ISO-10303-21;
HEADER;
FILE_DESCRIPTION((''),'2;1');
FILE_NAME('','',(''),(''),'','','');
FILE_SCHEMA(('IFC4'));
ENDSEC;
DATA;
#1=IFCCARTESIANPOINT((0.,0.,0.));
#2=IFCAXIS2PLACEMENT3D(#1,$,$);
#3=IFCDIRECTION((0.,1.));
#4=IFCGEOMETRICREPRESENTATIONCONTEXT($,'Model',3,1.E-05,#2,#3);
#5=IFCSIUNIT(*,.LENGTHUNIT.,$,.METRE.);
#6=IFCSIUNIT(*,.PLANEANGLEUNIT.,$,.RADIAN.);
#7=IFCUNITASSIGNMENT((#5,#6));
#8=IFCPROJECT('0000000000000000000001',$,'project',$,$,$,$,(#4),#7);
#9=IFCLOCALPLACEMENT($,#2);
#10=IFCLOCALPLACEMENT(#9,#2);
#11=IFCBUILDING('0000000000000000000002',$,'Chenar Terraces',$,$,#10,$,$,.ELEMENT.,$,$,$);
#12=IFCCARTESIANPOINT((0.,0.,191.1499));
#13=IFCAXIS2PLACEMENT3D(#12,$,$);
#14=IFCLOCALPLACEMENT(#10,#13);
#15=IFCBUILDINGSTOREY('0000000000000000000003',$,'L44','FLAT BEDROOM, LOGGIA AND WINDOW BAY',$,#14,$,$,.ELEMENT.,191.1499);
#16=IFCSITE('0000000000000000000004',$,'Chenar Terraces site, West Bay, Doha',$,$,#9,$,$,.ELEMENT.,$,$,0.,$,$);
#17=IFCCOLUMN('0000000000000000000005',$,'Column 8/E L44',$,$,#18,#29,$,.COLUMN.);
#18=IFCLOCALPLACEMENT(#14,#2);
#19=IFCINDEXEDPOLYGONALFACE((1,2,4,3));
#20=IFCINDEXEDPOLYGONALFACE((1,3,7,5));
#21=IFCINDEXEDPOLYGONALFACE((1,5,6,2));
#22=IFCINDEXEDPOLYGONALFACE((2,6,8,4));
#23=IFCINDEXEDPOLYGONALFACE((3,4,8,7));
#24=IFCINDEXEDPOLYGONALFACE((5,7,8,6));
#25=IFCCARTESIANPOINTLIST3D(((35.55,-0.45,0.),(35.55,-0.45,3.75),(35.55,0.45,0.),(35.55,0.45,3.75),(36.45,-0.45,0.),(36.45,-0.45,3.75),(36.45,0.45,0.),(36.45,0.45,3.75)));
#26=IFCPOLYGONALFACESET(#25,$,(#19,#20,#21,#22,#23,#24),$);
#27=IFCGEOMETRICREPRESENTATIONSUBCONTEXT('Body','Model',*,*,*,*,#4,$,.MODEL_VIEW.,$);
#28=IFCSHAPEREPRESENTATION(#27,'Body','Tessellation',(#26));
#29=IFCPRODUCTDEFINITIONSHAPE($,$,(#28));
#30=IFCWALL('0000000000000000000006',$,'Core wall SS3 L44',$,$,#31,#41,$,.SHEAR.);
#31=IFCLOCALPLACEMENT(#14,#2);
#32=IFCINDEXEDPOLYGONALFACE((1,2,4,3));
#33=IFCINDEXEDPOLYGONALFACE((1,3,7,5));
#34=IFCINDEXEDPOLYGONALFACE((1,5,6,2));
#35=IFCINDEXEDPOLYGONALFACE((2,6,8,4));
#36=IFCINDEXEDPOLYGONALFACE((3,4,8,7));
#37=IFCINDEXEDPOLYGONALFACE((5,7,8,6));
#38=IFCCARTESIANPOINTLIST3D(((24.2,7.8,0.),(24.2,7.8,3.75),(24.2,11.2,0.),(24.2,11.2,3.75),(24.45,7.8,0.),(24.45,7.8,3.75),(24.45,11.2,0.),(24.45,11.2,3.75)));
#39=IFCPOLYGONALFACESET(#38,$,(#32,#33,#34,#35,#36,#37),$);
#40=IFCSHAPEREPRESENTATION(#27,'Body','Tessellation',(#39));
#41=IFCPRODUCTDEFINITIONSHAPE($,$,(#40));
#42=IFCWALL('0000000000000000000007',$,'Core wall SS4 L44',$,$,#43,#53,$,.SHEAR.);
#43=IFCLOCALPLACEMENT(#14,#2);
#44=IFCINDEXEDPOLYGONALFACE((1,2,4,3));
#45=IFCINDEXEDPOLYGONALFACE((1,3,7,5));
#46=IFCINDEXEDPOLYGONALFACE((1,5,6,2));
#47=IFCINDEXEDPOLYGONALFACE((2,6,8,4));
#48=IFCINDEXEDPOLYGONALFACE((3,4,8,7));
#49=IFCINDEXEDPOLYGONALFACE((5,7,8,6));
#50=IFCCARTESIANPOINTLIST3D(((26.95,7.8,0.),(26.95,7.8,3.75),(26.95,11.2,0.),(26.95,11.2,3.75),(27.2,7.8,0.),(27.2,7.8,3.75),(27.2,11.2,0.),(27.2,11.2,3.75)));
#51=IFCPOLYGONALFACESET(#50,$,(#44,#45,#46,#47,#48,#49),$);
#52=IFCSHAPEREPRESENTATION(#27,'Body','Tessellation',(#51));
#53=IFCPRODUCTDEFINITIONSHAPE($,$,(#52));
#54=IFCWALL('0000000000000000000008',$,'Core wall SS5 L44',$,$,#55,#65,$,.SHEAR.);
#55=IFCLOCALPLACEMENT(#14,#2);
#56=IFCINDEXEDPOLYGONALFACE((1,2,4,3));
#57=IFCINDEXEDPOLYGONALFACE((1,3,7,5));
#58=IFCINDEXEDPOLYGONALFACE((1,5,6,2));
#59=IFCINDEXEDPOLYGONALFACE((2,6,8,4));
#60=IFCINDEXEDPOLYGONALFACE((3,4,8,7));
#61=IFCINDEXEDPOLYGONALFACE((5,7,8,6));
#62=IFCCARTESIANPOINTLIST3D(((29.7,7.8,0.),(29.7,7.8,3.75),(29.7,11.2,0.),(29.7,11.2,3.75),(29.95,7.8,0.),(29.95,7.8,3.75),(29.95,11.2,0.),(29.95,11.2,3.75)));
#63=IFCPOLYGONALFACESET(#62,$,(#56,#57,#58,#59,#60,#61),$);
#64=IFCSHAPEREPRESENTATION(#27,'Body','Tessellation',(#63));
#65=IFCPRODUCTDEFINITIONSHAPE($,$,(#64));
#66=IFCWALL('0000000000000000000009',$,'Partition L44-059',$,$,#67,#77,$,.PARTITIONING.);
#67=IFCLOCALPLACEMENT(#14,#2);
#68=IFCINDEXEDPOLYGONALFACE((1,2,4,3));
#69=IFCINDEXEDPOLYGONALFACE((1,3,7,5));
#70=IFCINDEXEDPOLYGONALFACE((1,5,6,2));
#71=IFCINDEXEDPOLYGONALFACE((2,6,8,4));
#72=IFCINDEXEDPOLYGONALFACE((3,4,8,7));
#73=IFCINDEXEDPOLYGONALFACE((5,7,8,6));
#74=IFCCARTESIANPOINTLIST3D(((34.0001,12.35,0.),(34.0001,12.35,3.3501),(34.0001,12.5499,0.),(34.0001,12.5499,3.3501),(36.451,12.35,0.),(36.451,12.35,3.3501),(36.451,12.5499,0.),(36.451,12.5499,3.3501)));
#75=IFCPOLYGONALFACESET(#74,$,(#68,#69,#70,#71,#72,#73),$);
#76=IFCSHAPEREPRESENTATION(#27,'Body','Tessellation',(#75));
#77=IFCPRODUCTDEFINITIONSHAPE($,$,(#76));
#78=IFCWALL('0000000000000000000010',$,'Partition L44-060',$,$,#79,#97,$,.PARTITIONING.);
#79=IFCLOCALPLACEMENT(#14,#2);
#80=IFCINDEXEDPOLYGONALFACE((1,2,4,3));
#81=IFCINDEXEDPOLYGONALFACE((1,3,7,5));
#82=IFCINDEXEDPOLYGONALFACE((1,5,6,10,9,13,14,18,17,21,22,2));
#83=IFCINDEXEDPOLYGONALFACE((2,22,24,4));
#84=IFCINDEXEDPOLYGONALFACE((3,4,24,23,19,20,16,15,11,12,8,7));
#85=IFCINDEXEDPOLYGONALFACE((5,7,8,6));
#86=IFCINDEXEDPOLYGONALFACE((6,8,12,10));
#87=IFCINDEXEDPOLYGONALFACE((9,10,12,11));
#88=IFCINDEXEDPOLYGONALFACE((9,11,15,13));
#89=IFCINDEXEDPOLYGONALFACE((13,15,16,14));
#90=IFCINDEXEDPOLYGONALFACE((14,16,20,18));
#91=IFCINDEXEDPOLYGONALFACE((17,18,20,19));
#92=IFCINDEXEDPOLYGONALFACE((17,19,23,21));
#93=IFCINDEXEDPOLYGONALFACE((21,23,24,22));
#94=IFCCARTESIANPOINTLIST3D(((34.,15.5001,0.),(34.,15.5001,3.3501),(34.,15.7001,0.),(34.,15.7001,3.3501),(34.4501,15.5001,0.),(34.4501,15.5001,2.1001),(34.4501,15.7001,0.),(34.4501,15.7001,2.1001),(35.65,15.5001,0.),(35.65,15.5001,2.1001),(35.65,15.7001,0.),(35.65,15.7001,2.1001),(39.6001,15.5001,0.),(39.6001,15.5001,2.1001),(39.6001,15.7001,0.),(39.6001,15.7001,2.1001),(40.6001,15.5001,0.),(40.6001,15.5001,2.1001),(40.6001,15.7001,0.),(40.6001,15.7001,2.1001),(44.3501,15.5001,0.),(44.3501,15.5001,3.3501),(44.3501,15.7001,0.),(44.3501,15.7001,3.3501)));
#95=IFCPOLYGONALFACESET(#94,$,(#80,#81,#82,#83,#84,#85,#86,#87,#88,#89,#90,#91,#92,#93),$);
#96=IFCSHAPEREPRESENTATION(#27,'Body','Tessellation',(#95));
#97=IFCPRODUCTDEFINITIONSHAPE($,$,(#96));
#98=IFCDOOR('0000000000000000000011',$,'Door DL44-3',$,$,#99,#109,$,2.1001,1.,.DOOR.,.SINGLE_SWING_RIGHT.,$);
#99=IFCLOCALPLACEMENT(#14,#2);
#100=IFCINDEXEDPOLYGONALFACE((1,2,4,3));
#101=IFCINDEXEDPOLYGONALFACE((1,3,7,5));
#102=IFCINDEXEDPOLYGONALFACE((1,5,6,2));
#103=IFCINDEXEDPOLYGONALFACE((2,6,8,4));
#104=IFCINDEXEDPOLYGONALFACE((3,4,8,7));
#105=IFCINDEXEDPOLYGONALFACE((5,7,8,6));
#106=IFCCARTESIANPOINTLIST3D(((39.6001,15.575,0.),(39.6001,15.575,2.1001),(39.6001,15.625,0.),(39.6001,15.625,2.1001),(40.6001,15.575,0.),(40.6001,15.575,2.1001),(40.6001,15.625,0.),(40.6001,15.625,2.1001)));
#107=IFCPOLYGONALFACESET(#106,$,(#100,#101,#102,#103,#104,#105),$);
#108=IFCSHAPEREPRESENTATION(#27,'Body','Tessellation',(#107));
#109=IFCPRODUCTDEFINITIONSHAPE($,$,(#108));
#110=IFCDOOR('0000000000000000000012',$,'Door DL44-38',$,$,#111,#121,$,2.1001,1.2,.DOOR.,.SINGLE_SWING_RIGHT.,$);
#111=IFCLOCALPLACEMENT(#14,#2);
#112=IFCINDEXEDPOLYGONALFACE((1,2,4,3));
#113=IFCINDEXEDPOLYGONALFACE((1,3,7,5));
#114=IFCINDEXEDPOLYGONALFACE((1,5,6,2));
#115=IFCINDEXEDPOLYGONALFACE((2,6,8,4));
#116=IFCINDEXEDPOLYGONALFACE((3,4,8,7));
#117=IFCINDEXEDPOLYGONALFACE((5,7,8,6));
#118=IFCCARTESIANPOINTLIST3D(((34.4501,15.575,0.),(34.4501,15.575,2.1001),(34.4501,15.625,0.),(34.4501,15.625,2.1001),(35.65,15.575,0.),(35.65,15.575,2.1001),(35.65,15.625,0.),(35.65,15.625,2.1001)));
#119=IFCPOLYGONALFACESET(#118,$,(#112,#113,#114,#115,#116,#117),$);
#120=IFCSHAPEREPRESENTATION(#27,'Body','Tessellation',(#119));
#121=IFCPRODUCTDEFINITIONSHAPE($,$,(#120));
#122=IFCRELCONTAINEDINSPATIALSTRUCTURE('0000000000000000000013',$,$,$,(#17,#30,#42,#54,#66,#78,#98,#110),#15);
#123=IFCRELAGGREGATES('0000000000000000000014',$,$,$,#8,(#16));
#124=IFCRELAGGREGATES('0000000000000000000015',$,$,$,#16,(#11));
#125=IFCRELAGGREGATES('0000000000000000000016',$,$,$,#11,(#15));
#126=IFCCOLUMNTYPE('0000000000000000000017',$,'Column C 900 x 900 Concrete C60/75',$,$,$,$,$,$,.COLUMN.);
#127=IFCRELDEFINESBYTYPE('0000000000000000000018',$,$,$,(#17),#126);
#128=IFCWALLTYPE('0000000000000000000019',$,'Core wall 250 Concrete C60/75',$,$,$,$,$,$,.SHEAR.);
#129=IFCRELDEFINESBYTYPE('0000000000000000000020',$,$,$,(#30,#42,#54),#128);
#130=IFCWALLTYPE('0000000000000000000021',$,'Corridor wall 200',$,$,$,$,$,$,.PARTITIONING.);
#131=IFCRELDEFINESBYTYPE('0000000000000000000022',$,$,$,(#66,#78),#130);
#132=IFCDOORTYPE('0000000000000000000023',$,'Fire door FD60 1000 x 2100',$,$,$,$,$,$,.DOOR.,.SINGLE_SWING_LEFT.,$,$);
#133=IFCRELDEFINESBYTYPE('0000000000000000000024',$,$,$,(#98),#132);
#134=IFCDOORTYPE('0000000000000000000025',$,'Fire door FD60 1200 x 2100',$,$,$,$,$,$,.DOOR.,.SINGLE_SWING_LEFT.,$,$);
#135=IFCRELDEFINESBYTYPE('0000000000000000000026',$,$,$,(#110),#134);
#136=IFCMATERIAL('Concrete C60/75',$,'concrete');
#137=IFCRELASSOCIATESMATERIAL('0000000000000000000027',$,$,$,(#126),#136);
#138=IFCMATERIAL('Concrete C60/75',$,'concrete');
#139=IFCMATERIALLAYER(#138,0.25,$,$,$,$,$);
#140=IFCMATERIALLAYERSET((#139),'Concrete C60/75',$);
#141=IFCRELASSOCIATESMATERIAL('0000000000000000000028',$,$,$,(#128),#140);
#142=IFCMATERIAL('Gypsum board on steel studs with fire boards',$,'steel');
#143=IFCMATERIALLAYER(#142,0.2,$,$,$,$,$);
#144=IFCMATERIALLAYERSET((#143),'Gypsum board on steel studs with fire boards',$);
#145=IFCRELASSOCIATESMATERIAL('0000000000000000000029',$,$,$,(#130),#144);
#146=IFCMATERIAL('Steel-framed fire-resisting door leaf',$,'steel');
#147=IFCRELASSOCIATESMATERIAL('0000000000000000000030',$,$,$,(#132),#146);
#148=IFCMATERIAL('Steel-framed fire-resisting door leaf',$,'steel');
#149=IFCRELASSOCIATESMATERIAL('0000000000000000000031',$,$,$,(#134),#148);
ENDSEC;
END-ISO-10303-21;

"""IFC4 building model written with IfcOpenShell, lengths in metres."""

from ifc_helpers import new_model, si_unit, direction, frame, frame_2d, origin, origin_2d, place, context, subcontext, project, spatial, rectangle, extrude, material, layer, layer_set, material_profile, profile_set, type_object, element, fill, save


model = new_model("IFC4")

# Units and contexts
model_context = context("Model", 3, precision=1e-05, world=origin(), true_north=direction((0.0, 1.0)))
body_context = subcontext(model_context, "Body", "Model", "MODEL_VIEW")
ifc_project = project(units=[si_unit("LENGTHUNIT", "METRE"), si_unit("PLANEANGLEUNIT", "RADIAN")], contexts=[model_context])

# Site, building, storey
site_placement = place(None, origin())
site = spatial("IfcSite", under=ifc_project, at=site_placement, Name="Chenar Terraces site, West Bay, Doha", CompositionType="ELEMENT", RefElevation=0.0)
building_placement = place(site_placement, origin())
building = spatial("IfcBuilding", under=site, at=building_placement, Name="Chenar Terraces", CompositionType="ELEMENT")
storey_placement = place(building_placement, frame((0.0, 0.0, 191.1499)))
storey = spatial("IfcBuildingStorey", under=building, at=storey_placement, Name="L44", Description="FLAT BEDROOM, LOGGIA AND WINDOW BAY", CompositionType="ELEMENT", Elevation=191.1499)

# Column
ifc_material_1 = material(Name="Concrete C60/75", Category="concrete")
ifc_material_profile = material_profile(ifc_material_1, rectangle(XDim=0.8999, YDim=0.8999, at=origin_2d()), Name="C 900 x 900")
ifc_profile_set = profile_set([ifc_material_profile], Name="Concrete C60/75")
column_type = type_object("IfcColumnType", Name="Column C 900 x 900 Concrete C60/75", PredefinedType="COLUMN", material=ifc_profile_set)
column_placement = place(storey_placement, frame((36.0, 0.0, 0.0), z_axis=(0.0, 0.0, 1.0), x_axis=(1.0, 0.0, 0.0)))
element("IfcColumn", 1, at=column_placement, inside=storey, type_object=column_type, Name="Column 8/E L44", PredefinedType="COLUMN", context=body_context, shape_type="SweptSolid", body=[
    extrude(rectangle(XDim=0.8999, YDim=0.8999, at=origin_2d()), origin(), (0.0, 0.0, 1.0), 3.75),
])

# Walls
ifc_material_2 = material(Name="Concrete C60/75", Category="concrete")
ifc_layer_1 = layer(ifc_material_2, 0.25)
ifc_layer_set_1 = layer_set([ifc_layer_1], Name="Concrete C60/75")
wall_type_1 = type_object("IfcWallType", Name="Core wall 250 Concrete C60/75", PredefinedType="SHEAR", material=ifc_layer_set_1)
for number, where, z_axis, x_axis, name in (
    (2, (24.325, 7.8, 0.0), (0.0, 0.0, 1.0), (0.0, 1.0, 0.0), "Core wall SS3 L44"),
    (3, (27.075, 7.8, 0.0), (0.0, 0.0, 1.0), (0.0, 1.0, 0.0), "Core wall SS4 L44"),
    (4, (29.825, 7.8, 0.0), (0.0, 0.0, 1.0), (0.0, 1.0, 0.0), "Core wall SS5 L44"),
):
    element("IfcWall", number, at=place(storey_placement, frame(where, z_axis=z_axis, x_axis=x_axis)), inside=storey, type_object=wall_type_1, Name=name, PredefinedType="SHEAR", context=body_context, shape_type="SweptSolid", body=[
        extrude(rectangle(XDim=3.3999, YDim=0.25, at=frame_2d((1.7, 0.0))), origin(), (0.0, 0.0, 1.0), 3.75),
    ])

# Wall
ifc_material_3 = material(Name="Gypsum board on steel studs with fire boards", Category="steel")
ifc_layer_2 = layer(ifc_material_3, 0.2)
ifc_layer_set_2 = layer_set([ifc_layer_2], Name="Gypsum board on steel studs with fire boards")
wall_type_2 = type_object("IfcWallType", Name="Corridor wall 200", PredefinedType="PARTITIONING", material=ifc_layer_set_2)
wall_1_placement = place(storey_placement, frame((34.0, 12.45, 0.0), z_axis=(0.0, 0.0, 1.0), x_axis=(1.0, 0.0, 0.0)))
element("IfcWall", 5, at=wall_1_placement, inside=storey, type_object=wall_type_2, Name="Partition L44-059", PredefinedType="PARTITIONING", context=body_context, shape_type="SweptSolid", body=[
    extrude(rectangle(XDim=2.4509, YDim=0.2, at=frame_2d((1.2256, 0.0))), origin(), (0.0, 0.0, 1.0), 3.3501),
])

# Wall, openings, doors
wall_2_placement = place(storey_placement, frame((34.0, 15.6001, 0.0), z_axis=(0.0, 0.0, 1.0), x_axis=(1.0, 0.0, 0.0)))
wall_2 = element("IfcWall", 6, at=wall_2_placement, inside=storey, type_object=wall_type_2, Name="Partition L44-060", PredefinedType="PARTITIONING", context=body_context, shape_type="SweptSolid", body=[
    extrude(rectangle(XDim=10.3501, YDim=0.2, at=frame_2d((5.175, 0.0))), origin(), (0.0, 0.0, 1.0), 3.3501),
])
opening_1_placement = place(wall_2_placement, frame((5.6001, 0.0, 0.0)))
opening_1 = element("IfcOpeningElement", 7, at=opening_1_placement, cuts=wall_2, PredefinedType="OPENING", context=body_context, shape_type="SweptSolid", body=[
    extrude(rectangle(XDim=1.0, YDim=2.1001, at=frame_2d((0.5, 1.05))), frame((0.0, 0.1099, 0.0), z_axis=(0.0, -1.0, 0.0), x_axis=(1.0, 0.0, 0.0)), (0.0, 0.0, 1.0), 0.22),
])
opening_2_placement = place(wall_2_placement, frame((0.45, 0.0, 0.0)))
opening_2 = element("IfcOpeningElement", 8, at=opening_2_placement, cuts=wall_2, PredefinedType="OPENING", context=body_context, shape_type="SweptSolid", body=[
    extrude(rectangle(XDim=1.2, YDim=2.1001, at=frame_2d((0.6001, 1.05))), frame((0.0, 0.1099, 0.0), z_axis=(0.0, -1.0, 0.0), x_axis=(1.0, 0.0, 0.0)), (0.0, 0.0, 1.0), 0.22),
])
ifc_material_4 = material(Name="Steel-framed fire-resisting door leaf", Category="steel")
door_type_1 = type_object("IfcDoorType", Name="Fire door FD60 1000 x 2100", OperationType="SINGLE_SWING_LEFT", PredefinedType="DOOR", material=ifc_material_4)
door_1_placement = place(opening_1_placement, origin())
door_1 = element("IfcDoor", 9, at=door_1_placement, inside=storey, type_object=door_type_1, Name="Door DL44-3", OperationType="SINGLE_SWING_RIGHT", OverallHeight=2.1001, OverallWidth=1.0, PredefinedType="DOOR", context=body_context, shape_type="SweptSolid", body=[
    extrude(rectangle(XDim=1.0, YDim=2.1001, at=frame_2d((0.5, 1.05))), frame((0.0, 0.0249, 0.0), z_axis=(0.0, -1.0, 0.0), x_axis=(1.0, 0.0, 0.0)), (0.0, 0.0, 1.0), 0.05),
])
fill(opening_1, door_1)
ifc_material_5 = material(Name="Steel-framed fire-resisting door leaf", Category="steel")
door_type_2 = type_object("IfcDoorType", Name="Fire door FD60 1200 x 2100", OperationType="SINGLE_SWING_LEFT", PredefinedType="DOOR", material=ifc_material_5)
door_2_placement = place(opening_2_placement, origin())
door_2 = element("IfcDoor", 10, at=door_2_placement, inside=storey, type_object=door_type_2, Name="Door DL44-38", OperationType="SINGLE_SWING_RIGHT", OverallHeight=2.1001, OverallWidth=1.2, PredefinedType="DOOR", context=body_context, shape_type="SweptSolid", body=[
    extrude(rectangle(XDim=1.2, YDim=2.1001, at=frame_2d((0.6001, 1.05))), frame((0.0, 0.0249, 0.0), z_axis=(0.0, -1.0, 0.0), x_axis=(1.0, 0.0, 0.0)), (0.0, 0.0, 1.0), 0.05),
])
fill(opening_2, door_2)

save(model, "model.ifc")
